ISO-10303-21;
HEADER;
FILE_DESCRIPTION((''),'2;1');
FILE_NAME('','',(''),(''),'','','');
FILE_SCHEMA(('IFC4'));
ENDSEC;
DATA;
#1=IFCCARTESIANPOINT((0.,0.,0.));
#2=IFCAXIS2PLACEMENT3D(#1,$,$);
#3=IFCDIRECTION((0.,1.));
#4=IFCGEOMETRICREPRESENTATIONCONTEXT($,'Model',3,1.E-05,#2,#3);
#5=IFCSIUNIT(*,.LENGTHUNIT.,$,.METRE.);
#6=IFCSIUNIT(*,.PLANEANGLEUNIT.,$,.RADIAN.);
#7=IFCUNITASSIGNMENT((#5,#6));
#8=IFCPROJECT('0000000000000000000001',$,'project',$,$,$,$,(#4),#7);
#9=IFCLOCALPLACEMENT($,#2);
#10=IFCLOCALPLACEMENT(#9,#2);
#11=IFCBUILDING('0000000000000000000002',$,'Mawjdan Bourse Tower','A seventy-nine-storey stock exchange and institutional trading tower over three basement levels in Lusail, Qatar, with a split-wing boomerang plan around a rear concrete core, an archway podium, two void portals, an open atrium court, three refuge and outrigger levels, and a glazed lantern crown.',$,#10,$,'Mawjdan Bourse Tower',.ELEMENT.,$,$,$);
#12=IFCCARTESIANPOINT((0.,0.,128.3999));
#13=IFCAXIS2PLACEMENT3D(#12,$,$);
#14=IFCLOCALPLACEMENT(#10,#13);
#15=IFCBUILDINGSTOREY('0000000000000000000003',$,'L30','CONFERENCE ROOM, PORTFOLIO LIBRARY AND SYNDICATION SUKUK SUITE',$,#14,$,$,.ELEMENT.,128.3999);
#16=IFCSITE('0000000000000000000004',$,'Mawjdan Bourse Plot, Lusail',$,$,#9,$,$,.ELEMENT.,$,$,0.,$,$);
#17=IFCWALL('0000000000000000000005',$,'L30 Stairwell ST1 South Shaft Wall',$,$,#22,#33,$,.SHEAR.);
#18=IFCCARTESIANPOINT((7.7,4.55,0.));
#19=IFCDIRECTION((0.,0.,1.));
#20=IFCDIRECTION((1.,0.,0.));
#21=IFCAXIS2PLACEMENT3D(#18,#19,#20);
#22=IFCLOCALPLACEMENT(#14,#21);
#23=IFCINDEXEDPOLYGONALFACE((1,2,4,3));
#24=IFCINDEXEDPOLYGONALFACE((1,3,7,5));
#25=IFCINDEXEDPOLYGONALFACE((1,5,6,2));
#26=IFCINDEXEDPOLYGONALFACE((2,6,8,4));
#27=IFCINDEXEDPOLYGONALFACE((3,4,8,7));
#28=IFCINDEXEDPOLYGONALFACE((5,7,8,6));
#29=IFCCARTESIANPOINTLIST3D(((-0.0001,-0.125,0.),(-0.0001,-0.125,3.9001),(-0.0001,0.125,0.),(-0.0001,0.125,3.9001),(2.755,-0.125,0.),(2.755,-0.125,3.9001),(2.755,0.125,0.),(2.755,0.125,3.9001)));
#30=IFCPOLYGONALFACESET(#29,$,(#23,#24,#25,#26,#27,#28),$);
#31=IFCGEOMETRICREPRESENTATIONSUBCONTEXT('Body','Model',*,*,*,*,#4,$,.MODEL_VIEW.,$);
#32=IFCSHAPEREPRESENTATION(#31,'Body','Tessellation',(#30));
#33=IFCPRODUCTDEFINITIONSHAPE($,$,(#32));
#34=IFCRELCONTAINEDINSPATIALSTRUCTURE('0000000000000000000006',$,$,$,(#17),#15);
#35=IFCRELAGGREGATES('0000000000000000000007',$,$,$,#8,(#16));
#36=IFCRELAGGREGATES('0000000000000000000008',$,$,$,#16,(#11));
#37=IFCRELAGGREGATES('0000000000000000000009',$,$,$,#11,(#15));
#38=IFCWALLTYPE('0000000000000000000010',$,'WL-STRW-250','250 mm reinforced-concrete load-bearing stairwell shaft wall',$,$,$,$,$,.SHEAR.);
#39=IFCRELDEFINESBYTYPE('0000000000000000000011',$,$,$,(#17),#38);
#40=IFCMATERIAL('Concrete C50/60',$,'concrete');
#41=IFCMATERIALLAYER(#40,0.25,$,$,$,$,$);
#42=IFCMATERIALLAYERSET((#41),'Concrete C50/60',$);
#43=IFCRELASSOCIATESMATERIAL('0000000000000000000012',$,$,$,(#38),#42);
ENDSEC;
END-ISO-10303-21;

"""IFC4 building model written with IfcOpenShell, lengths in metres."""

from ifc_helpers import new_model, si_unit, direction, frame, frame_2d, origin, place, context, subcontext, project, spatial, rectangle, extrude, material, layer, layer_set, type_object, element, save


model = new_model("IFC4")

# Units and contexts
model_context = context("Model", 3, precision=1e-05, world=origin(), true_north=direction((0.0, 1.0)))
body_context = subcontext(model_context, "Body", "Model", "MODEL_VIEW")
ifc_project = project(units=[si_unit("LENGTHUNIT", "METRE"), si_unit("PLANEANGLEUNIT", "RADIAN")], contexts=[model_context])

# Site, building, storey
site_placement = place(None, origin())
site = spatial("IfcSite", under=ifc_project, at=site_placement, Name="Mawjdan Bourse Plot, Lusail", CompositionType="ELEMENT", RefElevation=0.0)
building_placement = place(site_placement, origin())
building = spatial("IfcBuilding", under=site, at=building_placement, Name="Mawjdan Bourse Tower", Description="A seventy-nine-storey stock exchange and institutional trading tower over three basement levels in Lusail, Qatar, with a split-wing boomerang plan around a rear concrete core, an archway podium, two void portals, an open atrium court, three refuge and outrigger levels, and a glazed lantern crown.", LongName="Mawjdan Bourse Tower", CompositionType="ELEMENT")
storey_placement = place(building_placement, frame((0.0, 0.0, 128.3999)))
storey = spatial("IfcBuildingStorey", under=building, at=storey_placement, Name="L30", Description="CONFERENCE ROOM, PORTFOLIO LIBRARY AND SYNDICATION SUKUK SUITE", CompositionType="ELEMENT", Elevation=128.3999)

# Shared definitions
ifc_material_1 = material(Name="Concrete C50/60", Category="concrete")

# Wall
ifc_layer_1 = layer(ifc_material_1, 0.25)
ifc_layer_set_1 = layer_set([ifc_layer_1], Name="Concrete C50/60")
wall_type_1 = type_object("IfcWallType", Name="WL-STRW-250", Description="250 mm reinforced-concrete load-bearing stairwell shaft wall", PredefinedType="SHEAR", material=ifc_layer_set_1)
wall_1_placement = place(storey_placement, frame((7.7, 4.55, 0.0), z_axis=(0.0, 0.0, 1.0), x_axis=(1.0, 0.0, 0.0)))
element("IfcWall", 1, at=wall_1_placement, inside=storey, type_object=wall_type_1, Name="L30 Stairwell ST1 South Shaft Wall", PredefinedType="SHEAR", context=body_context, shape_type="SweptSolid", body=[
    extrude(rectangle(XDim=2.7551, YDim=0.25, at=frame_2d((1.3774, 0.0))), origin(), (0.0, 0.0, 1.0), 3.9001),
])

save(model, "model.ifc")
